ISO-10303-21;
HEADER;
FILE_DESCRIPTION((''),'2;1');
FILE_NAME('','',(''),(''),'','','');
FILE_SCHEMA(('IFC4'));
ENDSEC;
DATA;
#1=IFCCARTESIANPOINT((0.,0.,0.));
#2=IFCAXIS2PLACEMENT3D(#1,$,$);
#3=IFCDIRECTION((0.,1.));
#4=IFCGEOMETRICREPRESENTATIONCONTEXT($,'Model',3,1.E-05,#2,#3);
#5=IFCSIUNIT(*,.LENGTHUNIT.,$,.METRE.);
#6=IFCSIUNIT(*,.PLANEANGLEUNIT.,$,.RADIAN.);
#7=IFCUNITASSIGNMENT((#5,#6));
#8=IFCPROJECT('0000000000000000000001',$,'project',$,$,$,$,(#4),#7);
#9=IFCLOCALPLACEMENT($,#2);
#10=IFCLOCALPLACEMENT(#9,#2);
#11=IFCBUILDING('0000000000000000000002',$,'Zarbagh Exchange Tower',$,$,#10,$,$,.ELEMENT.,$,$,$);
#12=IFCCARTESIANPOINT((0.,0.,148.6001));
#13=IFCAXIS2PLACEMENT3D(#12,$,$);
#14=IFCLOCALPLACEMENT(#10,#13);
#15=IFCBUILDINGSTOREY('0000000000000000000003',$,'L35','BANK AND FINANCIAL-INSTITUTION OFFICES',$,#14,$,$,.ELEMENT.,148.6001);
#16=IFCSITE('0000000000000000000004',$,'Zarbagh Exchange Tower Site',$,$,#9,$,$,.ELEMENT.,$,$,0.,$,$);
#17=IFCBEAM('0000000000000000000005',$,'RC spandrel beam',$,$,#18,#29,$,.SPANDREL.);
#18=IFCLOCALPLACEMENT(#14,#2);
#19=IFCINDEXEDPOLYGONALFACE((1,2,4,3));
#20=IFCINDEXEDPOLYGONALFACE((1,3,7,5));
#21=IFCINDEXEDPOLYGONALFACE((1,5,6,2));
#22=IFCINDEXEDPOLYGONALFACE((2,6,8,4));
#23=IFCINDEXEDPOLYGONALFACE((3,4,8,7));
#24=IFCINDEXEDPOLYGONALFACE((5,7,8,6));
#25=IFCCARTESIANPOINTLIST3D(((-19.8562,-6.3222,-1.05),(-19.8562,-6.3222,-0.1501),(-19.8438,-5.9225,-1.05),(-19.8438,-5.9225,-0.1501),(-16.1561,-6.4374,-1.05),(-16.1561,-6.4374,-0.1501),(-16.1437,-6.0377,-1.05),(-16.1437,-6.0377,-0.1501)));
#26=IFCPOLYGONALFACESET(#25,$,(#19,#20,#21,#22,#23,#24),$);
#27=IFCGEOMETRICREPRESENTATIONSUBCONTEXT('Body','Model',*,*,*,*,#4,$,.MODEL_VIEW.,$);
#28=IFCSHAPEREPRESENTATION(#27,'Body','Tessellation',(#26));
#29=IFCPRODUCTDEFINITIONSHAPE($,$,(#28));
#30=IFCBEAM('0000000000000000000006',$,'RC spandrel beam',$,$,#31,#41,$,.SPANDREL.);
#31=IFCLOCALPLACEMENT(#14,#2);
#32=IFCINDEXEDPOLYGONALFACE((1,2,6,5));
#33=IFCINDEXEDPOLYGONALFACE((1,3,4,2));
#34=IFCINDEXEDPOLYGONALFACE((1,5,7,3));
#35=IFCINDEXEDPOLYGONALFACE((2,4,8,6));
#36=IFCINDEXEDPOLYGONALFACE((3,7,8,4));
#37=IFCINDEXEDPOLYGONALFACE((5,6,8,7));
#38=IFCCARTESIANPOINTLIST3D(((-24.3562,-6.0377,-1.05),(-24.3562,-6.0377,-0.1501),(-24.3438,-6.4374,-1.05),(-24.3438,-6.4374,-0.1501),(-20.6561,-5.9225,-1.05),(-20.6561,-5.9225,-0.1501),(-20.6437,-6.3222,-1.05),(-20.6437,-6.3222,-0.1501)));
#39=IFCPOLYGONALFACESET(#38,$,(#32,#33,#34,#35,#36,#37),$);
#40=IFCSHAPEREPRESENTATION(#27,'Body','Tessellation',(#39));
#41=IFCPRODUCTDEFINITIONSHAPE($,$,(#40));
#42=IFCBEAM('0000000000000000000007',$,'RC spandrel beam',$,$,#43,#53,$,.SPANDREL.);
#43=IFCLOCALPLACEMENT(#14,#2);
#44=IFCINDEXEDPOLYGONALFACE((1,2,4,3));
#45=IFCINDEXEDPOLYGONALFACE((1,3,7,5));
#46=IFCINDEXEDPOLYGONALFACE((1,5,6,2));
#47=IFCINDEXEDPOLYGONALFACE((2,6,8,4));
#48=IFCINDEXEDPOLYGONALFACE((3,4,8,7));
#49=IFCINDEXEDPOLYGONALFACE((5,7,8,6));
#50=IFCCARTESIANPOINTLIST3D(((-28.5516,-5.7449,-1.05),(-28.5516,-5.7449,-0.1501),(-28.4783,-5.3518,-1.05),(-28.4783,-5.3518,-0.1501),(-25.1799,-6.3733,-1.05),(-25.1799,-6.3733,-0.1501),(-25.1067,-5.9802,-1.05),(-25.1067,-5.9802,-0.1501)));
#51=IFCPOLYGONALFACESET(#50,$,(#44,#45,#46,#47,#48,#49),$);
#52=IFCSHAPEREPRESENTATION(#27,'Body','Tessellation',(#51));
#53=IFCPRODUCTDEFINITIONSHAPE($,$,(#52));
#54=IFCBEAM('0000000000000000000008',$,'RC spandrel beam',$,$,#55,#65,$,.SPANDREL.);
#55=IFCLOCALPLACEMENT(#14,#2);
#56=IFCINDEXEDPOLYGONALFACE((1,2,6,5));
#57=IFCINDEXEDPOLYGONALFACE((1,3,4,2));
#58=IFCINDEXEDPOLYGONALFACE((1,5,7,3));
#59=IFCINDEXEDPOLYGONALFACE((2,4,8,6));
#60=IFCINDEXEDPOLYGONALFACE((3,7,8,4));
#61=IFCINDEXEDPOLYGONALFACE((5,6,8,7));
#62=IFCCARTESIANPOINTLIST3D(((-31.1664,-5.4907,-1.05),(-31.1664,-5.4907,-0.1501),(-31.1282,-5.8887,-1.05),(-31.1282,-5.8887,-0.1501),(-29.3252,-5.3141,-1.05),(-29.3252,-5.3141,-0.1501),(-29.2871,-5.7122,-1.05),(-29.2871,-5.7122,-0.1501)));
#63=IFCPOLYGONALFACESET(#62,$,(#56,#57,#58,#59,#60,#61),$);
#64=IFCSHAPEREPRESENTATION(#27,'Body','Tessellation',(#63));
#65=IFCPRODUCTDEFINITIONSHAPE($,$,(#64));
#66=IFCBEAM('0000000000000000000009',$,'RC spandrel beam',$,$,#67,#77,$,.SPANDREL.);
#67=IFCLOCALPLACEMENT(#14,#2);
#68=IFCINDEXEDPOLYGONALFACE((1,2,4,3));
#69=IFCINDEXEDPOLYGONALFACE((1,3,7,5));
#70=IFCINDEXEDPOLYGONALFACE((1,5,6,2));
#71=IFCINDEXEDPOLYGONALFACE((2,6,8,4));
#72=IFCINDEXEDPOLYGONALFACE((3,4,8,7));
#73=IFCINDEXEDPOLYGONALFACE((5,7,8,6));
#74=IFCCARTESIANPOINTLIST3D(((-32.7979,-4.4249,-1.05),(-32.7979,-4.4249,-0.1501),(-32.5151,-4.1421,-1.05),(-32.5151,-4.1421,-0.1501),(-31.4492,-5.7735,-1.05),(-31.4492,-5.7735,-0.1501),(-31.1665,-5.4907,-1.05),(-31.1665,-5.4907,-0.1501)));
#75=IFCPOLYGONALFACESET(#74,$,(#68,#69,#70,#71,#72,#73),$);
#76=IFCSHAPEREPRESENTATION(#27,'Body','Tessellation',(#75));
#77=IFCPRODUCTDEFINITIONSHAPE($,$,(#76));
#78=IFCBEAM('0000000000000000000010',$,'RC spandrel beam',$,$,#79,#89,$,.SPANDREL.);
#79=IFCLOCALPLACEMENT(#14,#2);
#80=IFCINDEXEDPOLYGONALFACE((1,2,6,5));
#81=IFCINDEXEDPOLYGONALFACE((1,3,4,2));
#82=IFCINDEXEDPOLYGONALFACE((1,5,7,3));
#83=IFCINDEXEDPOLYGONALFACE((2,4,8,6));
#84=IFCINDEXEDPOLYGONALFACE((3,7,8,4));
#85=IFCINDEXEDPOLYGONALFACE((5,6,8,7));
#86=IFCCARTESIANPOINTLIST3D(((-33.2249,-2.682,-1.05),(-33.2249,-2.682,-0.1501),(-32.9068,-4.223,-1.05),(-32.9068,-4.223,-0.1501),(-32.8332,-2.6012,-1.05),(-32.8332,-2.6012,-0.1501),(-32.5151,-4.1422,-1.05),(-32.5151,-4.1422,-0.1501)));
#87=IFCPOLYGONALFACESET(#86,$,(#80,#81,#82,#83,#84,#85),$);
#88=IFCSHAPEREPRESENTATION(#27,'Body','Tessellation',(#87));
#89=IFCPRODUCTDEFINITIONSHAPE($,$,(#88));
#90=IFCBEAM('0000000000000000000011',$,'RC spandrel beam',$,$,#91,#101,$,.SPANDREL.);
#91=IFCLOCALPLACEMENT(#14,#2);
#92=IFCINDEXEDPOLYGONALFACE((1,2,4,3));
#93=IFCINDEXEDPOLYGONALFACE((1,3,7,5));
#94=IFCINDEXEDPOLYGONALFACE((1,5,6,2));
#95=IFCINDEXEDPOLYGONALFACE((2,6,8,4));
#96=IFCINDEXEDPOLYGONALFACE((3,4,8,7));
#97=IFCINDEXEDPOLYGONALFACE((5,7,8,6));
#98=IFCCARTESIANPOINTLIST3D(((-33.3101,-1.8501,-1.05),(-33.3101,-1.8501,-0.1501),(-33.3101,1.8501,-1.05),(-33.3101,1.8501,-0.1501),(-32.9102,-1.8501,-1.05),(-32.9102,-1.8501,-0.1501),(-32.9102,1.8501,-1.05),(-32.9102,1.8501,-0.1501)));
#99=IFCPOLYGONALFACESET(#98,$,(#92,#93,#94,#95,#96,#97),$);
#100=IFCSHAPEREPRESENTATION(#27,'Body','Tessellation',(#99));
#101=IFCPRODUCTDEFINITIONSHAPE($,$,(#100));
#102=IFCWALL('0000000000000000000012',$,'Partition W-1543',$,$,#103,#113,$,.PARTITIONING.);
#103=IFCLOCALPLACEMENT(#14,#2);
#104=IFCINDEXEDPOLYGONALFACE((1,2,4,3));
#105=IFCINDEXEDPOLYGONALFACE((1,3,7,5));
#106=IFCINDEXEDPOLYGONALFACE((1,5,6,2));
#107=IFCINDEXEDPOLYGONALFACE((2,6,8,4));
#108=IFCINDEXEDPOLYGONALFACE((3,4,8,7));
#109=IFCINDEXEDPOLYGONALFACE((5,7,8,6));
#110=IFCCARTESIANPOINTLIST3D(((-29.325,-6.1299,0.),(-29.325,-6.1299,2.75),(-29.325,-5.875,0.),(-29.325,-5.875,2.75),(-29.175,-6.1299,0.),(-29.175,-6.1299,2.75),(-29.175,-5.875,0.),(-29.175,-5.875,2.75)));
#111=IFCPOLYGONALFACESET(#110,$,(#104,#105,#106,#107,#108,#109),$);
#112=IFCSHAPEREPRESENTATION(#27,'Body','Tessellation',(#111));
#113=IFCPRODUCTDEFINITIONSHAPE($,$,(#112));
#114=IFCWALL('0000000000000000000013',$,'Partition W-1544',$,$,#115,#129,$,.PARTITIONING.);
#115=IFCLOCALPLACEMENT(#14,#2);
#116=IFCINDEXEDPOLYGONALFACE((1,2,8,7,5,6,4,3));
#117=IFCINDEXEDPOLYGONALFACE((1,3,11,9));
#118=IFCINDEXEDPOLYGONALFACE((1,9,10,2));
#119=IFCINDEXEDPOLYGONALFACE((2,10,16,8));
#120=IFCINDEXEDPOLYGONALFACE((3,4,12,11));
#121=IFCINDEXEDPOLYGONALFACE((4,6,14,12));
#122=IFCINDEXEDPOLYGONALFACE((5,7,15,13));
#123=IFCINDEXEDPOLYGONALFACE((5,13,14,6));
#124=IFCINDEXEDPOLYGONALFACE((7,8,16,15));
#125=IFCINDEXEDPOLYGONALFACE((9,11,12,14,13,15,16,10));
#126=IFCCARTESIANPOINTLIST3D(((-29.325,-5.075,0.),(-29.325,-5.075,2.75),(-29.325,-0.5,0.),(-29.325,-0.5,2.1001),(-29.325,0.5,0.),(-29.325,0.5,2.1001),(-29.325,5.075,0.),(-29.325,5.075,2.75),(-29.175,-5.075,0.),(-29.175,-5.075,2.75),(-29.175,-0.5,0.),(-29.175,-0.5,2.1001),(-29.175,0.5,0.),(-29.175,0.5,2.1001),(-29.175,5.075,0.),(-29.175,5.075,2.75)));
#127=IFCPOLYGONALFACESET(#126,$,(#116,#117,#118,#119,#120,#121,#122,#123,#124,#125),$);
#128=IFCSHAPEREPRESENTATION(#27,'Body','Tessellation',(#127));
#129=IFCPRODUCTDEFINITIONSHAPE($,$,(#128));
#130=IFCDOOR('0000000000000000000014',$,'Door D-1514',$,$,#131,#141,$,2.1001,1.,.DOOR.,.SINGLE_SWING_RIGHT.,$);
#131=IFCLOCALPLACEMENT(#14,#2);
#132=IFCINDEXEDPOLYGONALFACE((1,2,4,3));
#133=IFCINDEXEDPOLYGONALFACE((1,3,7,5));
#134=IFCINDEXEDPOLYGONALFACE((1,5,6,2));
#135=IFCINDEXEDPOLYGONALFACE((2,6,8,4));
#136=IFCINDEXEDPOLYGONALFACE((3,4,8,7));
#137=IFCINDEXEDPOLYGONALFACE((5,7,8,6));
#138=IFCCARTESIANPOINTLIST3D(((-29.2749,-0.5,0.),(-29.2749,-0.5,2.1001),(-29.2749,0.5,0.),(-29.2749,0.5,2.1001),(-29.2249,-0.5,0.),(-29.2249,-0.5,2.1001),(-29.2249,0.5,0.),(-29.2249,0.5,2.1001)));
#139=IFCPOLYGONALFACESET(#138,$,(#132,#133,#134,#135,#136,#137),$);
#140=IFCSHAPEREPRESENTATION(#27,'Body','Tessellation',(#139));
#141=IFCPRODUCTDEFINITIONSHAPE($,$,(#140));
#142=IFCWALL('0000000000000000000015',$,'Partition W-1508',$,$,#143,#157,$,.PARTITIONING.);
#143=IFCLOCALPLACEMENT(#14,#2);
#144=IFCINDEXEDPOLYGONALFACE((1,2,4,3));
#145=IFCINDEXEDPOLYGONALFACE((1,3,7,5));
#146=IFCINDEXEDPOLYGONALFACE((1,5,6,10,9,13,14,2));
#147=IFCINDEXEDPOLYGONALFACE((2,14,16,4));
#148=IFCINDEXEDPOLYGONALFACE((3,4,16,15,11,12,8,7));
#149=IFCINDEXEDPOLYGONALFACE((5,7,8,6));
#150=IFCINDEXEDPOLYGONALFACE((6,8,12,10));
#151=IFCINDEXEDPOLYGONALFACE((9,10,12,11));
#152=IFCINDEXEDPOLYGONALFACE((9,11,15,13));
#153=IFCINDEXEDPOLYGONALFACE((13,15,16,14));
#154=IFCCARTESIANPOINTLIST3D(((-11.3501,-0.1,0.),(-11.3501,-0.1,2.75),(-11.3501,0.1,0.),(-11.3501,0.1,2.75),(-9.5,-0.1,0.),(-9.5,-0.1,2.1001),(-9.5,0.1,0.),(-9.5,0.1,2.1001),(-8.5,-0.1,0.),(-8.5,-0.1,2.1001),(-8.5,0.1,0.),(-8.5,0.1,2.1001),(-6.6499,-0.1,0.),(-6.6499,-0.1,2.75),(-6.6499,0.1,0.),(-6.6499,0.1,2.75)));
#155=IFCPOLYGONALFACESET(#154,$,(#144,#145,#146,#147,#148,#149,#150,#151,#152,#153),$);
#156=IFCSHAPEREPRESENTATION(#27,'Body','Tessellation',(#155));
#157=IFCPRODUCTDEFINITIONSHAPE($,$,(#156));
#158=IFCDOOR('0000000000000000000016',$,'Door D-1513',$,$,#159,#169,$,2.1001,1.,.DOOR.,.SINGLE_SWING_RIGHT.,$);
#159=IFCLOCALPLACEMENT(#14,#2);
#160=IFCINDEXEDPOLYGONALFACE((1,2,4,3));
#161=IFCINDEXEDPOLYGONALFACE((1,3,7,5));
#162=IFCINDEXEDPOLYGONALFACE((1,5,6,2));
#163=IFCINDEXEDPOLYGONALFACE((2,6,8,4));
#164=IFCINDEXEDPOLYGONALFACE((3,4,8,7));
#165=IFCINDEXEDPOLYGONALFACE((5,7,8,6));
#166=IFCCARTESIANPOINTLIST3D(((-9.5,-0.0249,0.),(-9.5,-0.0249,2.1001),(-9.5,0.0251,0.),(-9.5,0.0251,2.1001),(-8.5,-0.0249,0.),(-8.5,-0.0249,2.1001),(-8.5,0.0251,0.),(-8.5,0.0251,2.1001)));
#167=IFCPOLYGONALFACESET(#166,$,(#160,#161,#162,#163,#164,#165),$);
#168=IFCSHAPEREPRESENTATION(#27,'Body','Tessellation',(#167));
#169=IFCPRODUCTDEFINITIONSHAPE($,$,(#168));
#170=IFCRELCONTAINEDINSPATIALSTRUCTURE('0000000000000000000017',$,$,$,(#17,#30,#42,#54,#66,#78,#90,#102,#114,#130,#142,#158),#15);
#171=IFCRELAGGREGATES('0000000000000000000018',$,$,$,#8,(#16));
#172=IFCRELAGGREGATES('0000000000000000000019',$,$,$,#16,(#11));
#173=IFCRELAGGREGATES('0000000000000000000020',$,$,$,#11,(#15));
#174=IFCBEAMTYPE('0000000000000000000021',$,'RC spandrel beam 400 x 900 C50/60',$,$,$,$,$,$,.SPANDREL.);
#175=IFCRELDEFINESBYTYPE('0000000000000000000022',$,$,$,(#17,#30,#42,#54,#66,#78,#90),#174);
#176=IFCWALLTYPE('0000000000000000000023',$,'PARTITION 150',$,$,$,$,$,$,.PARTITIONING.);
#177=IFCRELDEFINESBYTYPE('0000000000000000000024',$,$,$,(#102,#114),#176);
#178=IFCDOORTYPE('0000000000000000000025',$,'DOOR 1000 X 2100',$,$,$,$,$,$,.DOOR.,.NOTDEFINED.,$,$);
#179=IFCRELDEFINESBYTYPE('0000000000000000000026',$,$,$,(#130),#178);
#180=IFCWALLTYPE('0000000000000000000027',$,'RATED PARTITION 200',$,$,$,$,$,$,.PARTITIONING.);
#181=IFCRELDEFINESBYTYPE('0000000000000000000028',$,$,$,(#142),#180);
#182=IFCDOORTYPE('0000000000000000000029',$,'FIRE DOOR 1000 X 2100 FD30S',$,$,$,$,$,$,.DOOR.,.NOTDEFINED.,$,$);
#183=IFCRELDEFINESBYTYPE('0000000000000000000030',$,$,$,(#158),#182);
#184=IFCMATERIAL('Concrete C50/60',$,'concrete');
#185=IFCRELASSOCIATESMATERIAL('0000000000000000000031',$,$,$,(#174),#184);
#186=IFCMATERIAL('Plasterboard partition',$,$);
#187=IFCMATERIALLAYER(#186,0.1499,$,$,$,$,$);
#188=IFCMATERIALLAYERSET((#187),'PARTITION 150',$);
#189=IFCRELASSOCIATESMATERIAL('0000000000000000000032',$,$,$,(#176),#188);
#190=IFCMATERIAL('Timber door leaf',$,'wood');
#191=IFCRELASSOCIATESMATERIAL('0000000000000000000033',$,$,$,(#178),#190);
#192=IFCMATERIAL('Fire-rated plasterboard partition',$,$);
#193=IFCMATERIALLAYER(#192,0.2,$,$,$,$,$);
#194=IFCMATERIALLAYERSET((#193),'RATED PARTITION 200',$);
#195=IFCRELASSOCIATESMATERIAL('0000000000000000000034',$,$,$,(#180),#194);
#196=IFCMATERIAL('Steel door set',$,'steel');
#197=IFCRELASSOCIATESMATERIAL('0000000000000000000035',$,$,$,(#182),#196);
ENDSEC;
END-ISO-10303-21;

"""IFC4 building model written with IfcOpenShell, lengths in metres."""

from ifc_helpers import new_model, si_unit, direction, frame, frame_2d, origin, origin_2d, place, context, subcontext, project, spatial, rectangle, extrude, material, layer, layer_set, material_profile, profile_set, type_object, element, fill, save


model = new_model("IFC4")

# Units and contexts
model_context = context("Model", 3, precision=1e-05, world=origin(), true_north=direction((0.0, 1.0)))
body_context = subcontext(model_context, "Body", "Model", "MODEL_VIEW")
ifc_project = project(units=[si_unit("LENGTHUNIT", "METRE"), si_unit("PLANEANGLEUNIT", "RADIAN")], contexts=[model_context])

# Site, building, storey
site_placement = place(None, origin())
site = spatial("IfcSite", under=ifc_project, at=site_placement, Name="Zarbagh Exchange Tower Site", CompositionType="ELEMENT", RefElevation=0.0)
building_placement = place(site_placement, origin())
building = spatial("IfcBuilding", under=site, at=building_placement, Name="Zarbagh Exchange Tower", CompositionType="ELEMENT")
storey_placement = place(building_placement, frame((0.0, 0.0, 148.6001)))
storey = spatial("IfcBuildingStorey", under=building, at=storey_placement, Name="L35", Description="BANK AND FINANCIAL-INSTITUTION OFFICES", CompositionType="ELEMENT", Elevation=148.6001)

# Shared definitions
ifc_material_1 = material(Name="Concrete C50/60", Category="concrete")

# Beams
ifc_material_profile_1 = material_profile(ifc_material_1, rectangle(XDim=0.3999, YDim=0.8999, at=origin_2d()), Name="RC spandrel beam 400 x 900 C50/60")
ifc_profile_set_1 = profile_set([ifc_material_profile_1], Name="Concrete C50/60")
beam_type_1 = type_object("IfcBeamType", Name="RC spandrel beam 400 x 900 C50/60", PredefinedType="SPANDREL", material=ifc_profile_set_1)
for number, where, z_axis, x_axis, name in (
    (1, (-16.1499, -6.2375, -0.6001), (-0.999515, 0.031128, 0.0), (-0.031128, -0.999515, 0.0), "RC spandrel beam"),
    (2, (-20.6499, -6.1223, -0.6001), (-0.999515, -0.031128, 0.0), (0.031128, -0.999515, 0.0), "RC spandrel beam"),
):
    element("IfcBeam", number, at=place(storey_placement, frame(where, z_axis=z_axis, x_axis=x_axis)), inside=storey, type_object=beam_type_1, Name=name, PredefinedType="SPANDREL", context=body_context, shape_type="SweptSolid", body=[
        extrude(rectangle(XDim=0.3999, YDim=0.8999, at=origin_2d()), origin(), (0.0, 0.0, 1.0), 3.7019),
    ])
beam_1_placement = place(storey_placement, frame((-25.1433, -6.1768, -0.6001), z_axis=(-0.98307, 0.183231, 0.0), x_axis=(-0.183231, -0.98307, 0.0)))
element("IfcBeam", 3, at=beam_1_placement, inside=storey, type_object=beam_type_1, Name="RC spandrel beam", PredefinedType="SPANDREL", context=body_context, shape_type="SweptSolid", body=[
    extrude(rectangle(XDim=0.3999, YDim=0.8999, at=origin_2d()), origin(), (0.0, 0.0, 1.0), 3.4297),
])
beam_2_placement = place(storey_placement, frame((-29.3062, -5.5132, -0.6001), z_axis=(-0.995435, -0.095438, 0.0), x_axis=(0.095438, -0.995435, 0.0)))
element("IfcBeam", 4, at=beam_2_placement, inside=storey, type_object=beam_type_1, Name="RC spandrel beam", PredefinedType="SPANDREL", context=body_context, shape_type="SweptSolid", body=[
    extrude(rectangle(XDim=0.3999, YDim=0.8999, at=origin_2d()), origin(), (0.0, 0.0, 1.0), 1.8496),
])
beam_3_placement = place(storey_placement, frame((-31.3079, -5.6321, -0.6001), z_axis=(-0.707107, 0.707107, 0.0), x_axis=(-0.707107, -0.707107, 0.0)))
element("IfcBeam", 5, at=beam_3_placement, inside=storey, type_object=beam_type_1, Name="RC spandrel beam", PredefinedType="SPANDREL", context=body_context, shape_type="SweptSolid", body=[
    extrude(rectangle(XDim=0.3999, YDim=0.8999, at=origin_2d()), origin(), (0.0, 0.0, 1.0), 1.9072),
])
beam_4_placement = place(storey_placement, frame((-32.7109, -4.1826, -0.6001), z_axis=(-0.202169, 0.979351, 0.0), x_axis=(-0.979351, -0.202169, 0.0)))
element("IfcBeam", 6, at=beam_4_placement, inside=storey, type_object=beam_type_1, Name="RC spandrel beam", PredefinedType="SPANDREL", context=body_context, shape_type="SweptSolid", body=[
    extrude(rectangle(XDim=0.3999, YDim=0.8999, at=origin_2d()), origin(), (0.0, 0.0, 1.0), 1.5735),
])
beam_5_placement = place(storey_placement, frame((-33.1101, -1.8501, -0.6001), z_axis=(0.0, 1.0, 0.0), x_axis=(-1.0, 0.0, 0.0)))
element("IfcBeam", 7, at=beam_5_placement, inside=storey, type_object=beam_type_1, Name="RC spandrel beam", PredefinedType="SPANDREL", context=body_context, shape_type="SweptSolid", body=[
    extrude(rectangle(XDim=0.3999, YDim=0.8999, at=origin_2d()), origin(), (0.0, 0.0, 1.0), 3.7002),
])

# Wall
ifc_material_2 = material(Name="Plasterboard partition")
ifc_layer_1 = layer(ifc_material_2, 0.1499)
ifc_layer_set_1 = layer_set([ifc_layer_1], Name="PARTITION 150")
wall_type_1 = type_object("IfcWallType", Name="PARTITION 150", PredefinedType="PARTITIONING", material=ifc_layer_set_1)
wall_1_placement = place(storey_placement, frame((-29.25, -6.1299, 0.0), z_axis=(0.0, 0.0, 1.0), x_axis=(0.0, 1.0, 0.0)))
element("IfcWall", 8, at=wall_1_placement, inside=storey, type_object=wall_type_1, Name="Partition W-1543", PredefinedType="PARTITIONING", context=body_context, shape_type="SweptSolid", body=[
    extrude(rectangle(XDim=0.2549, YDim=0.1499, at=frame_2d((0.1274, 0.0))), origin(), (0.0, 0.0, 1.0), 2.75),
])

# Walls, openings, doors
wall_2_placement = place(storey_placement, frame((-29.25, -5.075, 0.0), z_axis=(0.0, 0.0, 1.0), x_axis=(0.0, 1.0, 0.0)))
wall_2 = element("IfcWall", 9, at=wall_2_placement, inside=storey, type_object=wall_type_1, Name="Partition W-1544", PredefinedType="PARTITIONING", context=body_context, shape_type="SweptSolid", body=[
    extrude(rectangle(XDim=10.1499, YDim=0.1499, at=frame_2d((5.075, 0.0))), origin(), (0.0, 0.0, 1.0), 2.75),
])
opening_1_placement = place(wall_2_placement, frame((4.575, 0.0, 0.0)))
opening_1 = element("IfcOpeningElement", 10, at=opening_1_placement, cuts=wall_2, PredefinedType="OPENING", context=body_context, shape_type="SweptSolid", body=[
    extrude(rectangle(XDim=1.0, YDim=2.1001, at=frame_2d((0.5, 1.05))), frame((0.0, 0.085, 0.0), z_axis=(0.0, -1.0, 0.0), x_axis=(1.0, 0.0, 0.0)), (0.0, 0.0, 1.0), 0.1699),
])
ifc_material_3 = material(Name="Timber door leaf", Category="wood")
door_type_1 = type_object("IfcDoorType", Name="DOOR 1000 X 2100", OperationType="NOTDEFINED", PredefinedType="DOOR", material=ifc_material_3)
door_1_placement = place(opening_1_placement, origin())
door_1 = element("IfcDoor", 11, at=door_1_placement, inside=storey, type_object=door_type_1, Name="Door D-1514", OperationType="SINGLE_SWING_RIGHT", OverallHeight=2.1001, OverallWidth=1.0, PredefinedType="DOOR", context=body_context, shape_type="SweptSolid", body=[
    extrude(rectangle(XDim=1.0, YDim=2.1001, at=frame_2d((0.5, 1.05))), frame((0.0, 0.0249, 0.0), z_axis=(0.0, -1.0, 0.0), x_axis=(1.0, 0.0, 0.0)), (0.0, 0.0, 1.0), 0.05),
])
fill(opening_1, door_1)
ifc_material_4 = material(Name="Fire-rated plasterboard partition")
ifc_layer_2 = layer(ifc_material_4, 0.2)
ifc_layer_set_2 = layer_set([ifc_layer_2], Name="RATED PARTITION 200")
wall_type_2 = type_object("IfcWallType", Name="RATED PARTITION 200", PredefinedType="PARTITIONING", material=ifc_layer_set_2)
wall_3_placement = place(storey_placement, frame((-6.6499, 0.0, 0.0), z_axis=(0.0, 0.0, 1.0), x_axis=(-1.0, 0.0, 0.0)))
wall_3 = element("IfcWall", 12, at=wall_3_placement, inside=storey, type_object=wall_type_2, Name="Partition W-1508", PredefinedType="PARTITIONING", context=body_context, shape_type="SweptSolid", body=[
    extrude(rectangle(XDim=4.7002, YDim=0.2, at=frame_2d((2.3501, 0.0))), origin(), (0.0, 0.0, 1.0), 2.75),
])
opening_2_placement = place(wall_3_placement, frame((1.8501, 0.0, 0.0)))
opening_2 = element("IfcOpeningElement", 13, at=opening_2_placement, cuts=wall_3, PredefinedType="OPENING", context=body_context, shape_type="SweptSolid", body=[
    extrude(rectangle(XDim=1.0, YDim=2.1001, at=frame_2d((0.5, 1.05))), frame((0.0, 0.1099, 0.0), z_axis=(0.0, -1.0, 0.0), x_axis=(1.0, 0.0, 0.0)), (0.0, 0.0, 1.0), 0.22),
])
ifc_material_5 = material(Name="Steel door set", Category="steel")
door_type_2 = type_object("IfcDoorType", Name="FIRE DOOR 1000 X 2100 FD30S", OperationType="NOTDEFINED", PredefinedType="DOOR", material=ifc_material_5)
door_2_placement = place(opening_2_placement, origin())
door_2 = element("IfcDoor", 14, at=door_2_placement, inside=storey, type_object=door_type_2, Name="Door D-1513", OperationType="SINGLE_SWING_RIGHT", OverallHeight=2.1001, OverallWidth=1.0, PredefinedType="DOOR", context=body_context, shape_type="SweptSolid", body=[
    extrude(rectangle(XDim=1.0, YDim=2.1001, at=frame_2d((0.5, 1.05))), frame((0.0, 0.0249, 0.0), z_axis=(0.0, -1.0, 0.0), x_axis=(1.0, 0.0, 0.0)), (0.0, 0.0, 1.0), 0.05),
])
fill(opening_2, door_2)

save(model, "model.ifc")
